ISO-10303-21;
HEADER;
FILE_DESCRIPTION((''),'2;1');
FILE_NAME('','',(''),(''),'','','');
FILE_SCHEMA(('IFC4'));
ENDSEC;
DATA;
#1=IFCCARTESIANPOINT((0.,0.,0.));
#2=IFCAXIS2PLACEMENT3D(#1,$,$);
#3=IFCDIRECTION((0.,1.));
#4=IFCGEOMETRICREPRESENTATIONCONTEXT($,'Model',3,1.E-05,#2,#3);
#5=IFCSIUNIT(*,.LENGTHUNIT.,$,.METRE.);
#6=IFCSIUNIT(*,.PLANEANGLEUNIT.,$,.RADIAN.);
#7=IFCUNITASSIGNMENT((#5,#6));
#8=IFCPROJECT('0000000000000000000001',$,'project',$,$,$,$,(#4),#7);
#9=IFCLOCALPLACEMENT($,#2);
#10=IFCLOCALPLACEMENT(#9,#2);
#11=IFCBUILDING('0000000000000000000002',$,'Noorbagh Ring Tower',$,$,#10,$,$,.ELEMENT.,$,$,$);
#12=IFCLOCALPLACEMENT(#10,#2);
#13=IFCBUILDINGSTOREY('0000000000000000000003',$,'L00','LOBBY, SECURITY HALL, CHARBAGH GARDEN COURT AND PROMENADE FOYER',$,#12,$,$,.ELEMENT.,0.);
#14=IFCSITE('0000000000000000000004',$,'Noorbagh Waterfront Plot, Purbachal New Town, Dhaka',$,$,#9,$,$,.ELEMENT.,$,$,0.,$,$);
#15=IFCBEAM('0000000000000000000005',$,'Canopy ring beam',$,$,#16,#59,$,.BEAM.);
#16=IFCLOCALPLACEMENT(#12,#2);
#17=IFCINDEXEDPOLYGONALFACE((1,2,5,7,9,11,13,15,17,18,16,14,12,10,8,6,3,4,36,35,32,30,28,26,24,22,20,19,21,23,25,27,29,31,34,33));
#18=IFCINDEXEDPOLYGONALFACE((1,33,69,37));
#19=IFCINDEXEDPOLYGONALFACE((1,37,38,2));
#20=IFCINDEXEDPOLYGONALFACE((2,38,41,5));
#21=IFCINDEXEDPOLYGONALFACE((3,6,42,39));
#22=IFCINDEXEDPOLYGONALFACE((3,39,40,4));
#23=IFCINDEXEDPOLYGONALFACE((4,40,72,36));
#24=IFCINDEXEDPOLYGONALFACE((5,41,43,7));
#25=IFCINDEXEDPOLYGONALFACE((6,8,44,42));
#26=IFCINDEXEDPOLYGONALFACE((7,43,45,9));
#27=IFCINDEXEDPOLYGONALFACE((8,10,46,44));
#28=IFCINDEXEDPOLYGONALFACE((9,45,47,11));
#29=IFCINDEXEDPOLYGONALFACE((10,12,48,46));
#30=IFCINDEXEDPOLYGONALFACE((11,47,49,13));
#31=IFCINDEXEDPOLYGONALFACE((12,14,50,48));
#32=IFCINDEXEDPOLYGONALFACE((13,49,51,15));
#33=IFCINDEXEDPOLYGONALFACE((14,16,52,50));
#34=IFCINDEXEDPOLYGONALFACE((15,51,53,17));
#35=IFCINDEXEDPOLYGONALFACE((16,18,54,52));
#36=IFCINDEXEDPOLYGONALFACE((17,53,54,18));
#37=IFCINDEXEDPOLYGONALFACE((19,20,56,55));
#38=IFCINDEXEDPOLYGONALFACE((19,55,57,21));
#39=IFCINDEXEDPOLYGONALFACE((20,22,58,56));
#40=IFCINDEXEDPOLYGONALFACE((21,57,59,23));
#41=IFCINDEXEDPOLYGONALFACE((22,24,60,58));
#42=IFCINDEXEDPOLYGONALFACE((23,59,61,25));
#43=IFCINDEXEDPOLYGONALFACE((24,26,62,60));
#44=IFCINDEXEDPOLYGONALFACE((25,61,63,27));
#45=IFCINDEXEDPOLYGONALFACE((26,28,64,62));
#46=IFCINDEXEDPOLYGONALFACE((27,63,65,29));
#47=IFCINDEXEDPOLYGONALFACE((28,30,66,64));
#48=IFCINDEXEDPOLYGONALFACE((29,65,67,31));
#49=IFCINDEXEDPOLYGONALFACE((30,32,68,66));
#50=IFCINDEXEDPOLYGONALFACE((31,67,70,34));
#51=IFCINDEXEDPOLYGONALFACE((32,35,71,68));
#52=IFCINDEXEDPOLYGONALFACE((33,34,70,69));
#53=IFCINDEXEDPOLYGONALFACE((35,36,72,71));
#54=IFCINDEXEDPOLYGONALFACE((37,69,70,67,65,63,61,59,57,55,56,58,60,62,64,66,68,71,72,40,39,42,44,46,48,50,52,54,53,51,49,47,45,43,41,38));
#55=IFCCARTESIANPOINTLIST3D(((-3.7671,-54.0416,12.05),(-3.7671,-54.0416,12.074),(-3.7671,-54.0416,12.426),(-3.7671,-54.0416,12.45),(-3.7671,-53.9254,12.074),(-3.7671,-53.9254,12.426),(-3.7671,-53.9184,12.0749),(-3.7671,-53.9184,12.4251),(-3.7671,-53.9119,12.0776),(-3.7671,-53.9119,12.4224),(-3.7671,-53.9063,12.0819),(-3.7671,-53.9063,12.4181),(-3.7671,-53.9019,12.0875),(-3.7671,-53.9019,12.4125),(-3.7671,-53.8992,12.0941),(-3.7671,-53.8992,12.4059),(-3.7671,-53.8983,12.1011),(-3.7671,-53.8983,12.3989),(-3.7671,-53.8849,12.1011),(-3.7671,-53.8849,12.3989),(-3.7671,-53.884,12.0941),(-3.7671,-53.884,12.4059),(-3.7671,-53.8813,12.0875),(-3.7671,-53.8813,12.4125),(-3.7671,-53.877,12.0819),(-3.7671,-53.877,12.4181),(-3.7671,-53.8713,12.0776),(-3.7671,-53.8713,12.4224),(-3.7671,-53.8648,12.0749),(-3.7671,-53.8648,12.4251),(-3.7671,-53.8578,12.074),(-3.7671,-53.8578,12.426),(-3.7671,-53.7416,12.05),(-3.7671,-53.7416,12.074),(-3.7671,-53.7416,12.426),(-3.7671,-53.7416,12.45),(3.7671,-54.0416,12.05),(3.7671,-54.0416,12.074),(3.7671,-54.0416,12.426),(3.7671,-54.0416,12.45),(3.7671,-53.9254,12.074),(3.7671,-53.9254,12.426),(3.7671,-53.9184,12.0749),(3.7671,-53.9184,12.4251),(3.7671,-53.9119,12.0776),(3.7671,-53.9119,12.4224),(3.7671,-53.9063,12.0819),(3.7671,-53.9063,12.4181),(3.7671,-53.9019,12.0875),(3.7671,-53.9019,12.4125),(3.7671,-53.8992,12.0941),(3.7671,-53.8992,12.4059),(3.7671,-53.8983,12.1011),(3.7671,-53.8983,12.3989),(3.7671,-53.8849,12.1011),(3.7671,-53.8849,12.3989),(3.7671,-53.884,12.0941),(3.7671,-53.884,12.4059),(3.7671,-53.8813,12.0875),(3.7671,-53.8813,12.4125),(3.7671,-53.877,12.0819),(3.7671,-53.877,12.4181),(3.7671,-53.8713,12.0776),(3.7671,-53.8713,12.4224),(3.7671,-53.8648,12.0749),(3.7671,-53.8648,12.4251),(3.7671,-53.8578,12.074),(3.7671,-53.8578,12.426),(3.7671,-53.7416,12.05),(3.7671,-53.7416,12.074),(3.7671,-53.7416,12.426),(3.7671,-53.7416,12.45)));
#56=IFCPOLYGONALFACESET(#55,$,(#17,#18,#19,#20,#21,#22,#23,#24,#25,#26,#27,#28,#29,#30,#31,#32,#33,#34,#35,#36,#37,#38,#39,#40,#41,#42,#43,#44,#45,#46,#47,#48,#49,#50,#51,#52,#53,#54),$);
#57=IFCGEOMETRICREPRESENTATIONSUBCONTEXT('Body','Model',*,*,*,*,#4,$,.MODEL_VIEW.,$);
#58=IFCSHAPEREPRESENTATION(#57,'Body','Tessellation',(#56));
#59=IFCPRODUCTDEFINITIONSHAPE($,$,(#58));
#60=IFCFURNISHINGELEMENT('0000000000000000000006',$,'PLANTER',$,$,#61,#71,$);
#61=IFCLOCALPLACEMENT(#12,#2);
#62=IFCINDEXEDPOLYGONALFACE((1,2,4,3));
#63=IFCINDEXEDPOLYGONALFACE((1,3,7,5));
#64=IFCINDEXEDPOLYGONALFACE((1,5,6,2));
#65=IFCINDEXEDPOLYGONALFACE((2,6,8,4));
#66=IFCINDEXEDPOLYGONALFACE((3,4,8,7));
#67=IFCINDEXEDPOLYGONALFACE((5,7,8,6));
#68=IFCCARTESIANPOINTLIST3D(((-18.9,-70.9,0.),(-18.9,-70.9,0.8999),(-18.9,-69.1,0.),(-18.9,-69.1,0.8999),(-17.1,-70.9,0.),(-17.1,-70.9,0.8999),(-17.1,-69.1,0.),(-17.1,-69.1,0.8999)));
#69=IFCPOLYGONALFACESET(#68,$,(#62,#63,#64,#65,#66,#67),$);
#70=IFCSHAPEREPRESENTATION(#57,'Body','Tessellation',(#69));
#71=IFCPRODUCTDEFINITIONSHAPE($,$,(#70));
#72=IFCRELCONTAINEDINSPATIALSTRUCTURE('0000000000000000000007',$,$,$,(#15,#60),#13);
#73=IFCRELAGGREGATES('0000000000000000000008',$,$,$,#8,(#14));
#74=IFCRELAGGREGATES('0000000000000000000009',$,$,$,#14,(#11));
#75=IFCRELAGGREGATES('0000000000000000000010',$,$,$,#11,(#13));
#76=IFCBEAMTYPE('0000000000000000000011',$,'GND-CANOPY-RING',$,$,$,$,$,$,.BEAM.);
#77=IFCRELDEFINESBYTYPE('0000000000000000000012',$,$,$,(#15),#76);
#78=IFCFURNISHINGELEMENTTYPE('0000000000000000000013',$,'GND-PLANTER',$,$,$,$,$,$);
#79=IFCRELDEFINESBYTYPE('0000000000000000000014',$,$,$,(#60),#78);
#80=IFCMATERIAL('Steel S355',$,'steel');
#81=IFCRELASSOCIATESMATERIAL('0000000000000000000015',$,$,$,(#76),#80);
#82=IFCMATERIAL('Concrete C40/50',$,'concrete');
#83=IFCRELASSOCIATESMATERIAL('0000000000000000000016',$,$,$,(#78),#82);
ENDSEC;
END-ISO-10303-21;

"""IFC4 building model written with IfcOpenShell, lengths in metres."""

from ifc_helpers import new_model, si_unit, direction, frame, origin, origin_2d, place, context, subcontext, project, spatial, rectangle, i_section, extrude, material, material_profile, profile_set, type_object, element, save


model = new_model("IFC4")

# Units and contexts
model_context = context("Model", 3, precision=1e-05, world=origin(), true_north=direction((0.0, 1.0)))
body_context = subcontext(model_context, "Body", "Model", "MODEL_VIEW")
ifc_project = project(units=[si_unit("LENGTHUNIT", "METRE"), si_unit("PLANEANGLEUNIT", "RADIAN")], contexts=[model_context])

# Site, building, storey
site_placement = place(None, origin())
site = spatial("IfcSite", under=ifc_project, at=site_placement, Name="Noorbagh Waterfront Plot, Purbachal New Town, Dhaka", CompositionType="ELEMENT", RefElevation=0.0)
building_placement = place(site_placement, origin())
building = spatial("IfcBuilding", under=site, at=building_placement, Name="Noorbagh Ring Tower", CompositionType="ELEMENT")
storey_placement = place(building_placement, origin())
storey = spatial("IfcBuildingStorey", under=building, at=storey_placement, Name="L00", Description="LOBBY, SECURITY HALL, CHARBAGH GARDEN COURT AND PROMENADE FOYER", CompositionType="ELEMENT", Elevation=0.0)

# Beam
ifc_material_1 = material(Name="Steel S355", Category="steel")
ifc_material_profile_1 = material_profile(ifc_material_1, i_section(OverallWidth=0.3, OverallDepth=0.3999, WebThickness=0.0134, FlangeThickness=0.0239, FilletRadius=0.0271, at=origin_2d()), Name="HEB400")
ifc_profile_set_1 = profile_set([ifc_material_profile_1], Name="Steel S355")
beam_type_1 = type_object("IfcBeamType", Name="GND-CANOPY-RING", PredefinedType="BEAM", material=ifc_profile_set_1)
beam_1_placement = place(storey_placement, frame((-3.7671, -53.8916, 12.25), z_axis=(1.0, 0.0, 0.0), x_axis=(0.0, 1.0, 0.0)))
element("IfcBeam", 1, at=beam_1_placement, inside=storey, type_object=beam_type_1, Name="Canopy ring beam", PredefinedType="BEAM", context=body_context, shape_type="SweptSolid", body=[
    extrude(i_section(OverallWidth=0.3, OverallDepth=0.3999, WebThickness=0.0134, FlangeThickness=0.0239, FilletRadius=0.0271, at=origin_2d()), origin(), (0.0, 0.0, 1.0), 7.5342),
])

# Furnishing element
ifc_material_2 = material(Name="Concrete C40/50", Category="concrete")
furnishing_element_type = type_object("IfcFurnishingElementType", Name="GND-PLANTER", material=ifc_material_2)
furnishing_placement = place(storey_placement, frame((-18.0, -70.0, 0.0), z_axis=(0.0, 0.0, 1.0), x_axis=(1.0, 0.0, 0.0)))
element("IfcFurnishingElement", 2, at=furnishing_placement, inside=storey, type_object=furnishing_element_type, Name="PLANTER", context=body_context, shape_type="SweptSolid", body=[
    extrude(rectangle(XDim=1.8, YDim=1.8, at=origin_2d()), origin(), (0.0, 0.0, 1.0), 0.8999),
])

save(model, "model.ifc")
